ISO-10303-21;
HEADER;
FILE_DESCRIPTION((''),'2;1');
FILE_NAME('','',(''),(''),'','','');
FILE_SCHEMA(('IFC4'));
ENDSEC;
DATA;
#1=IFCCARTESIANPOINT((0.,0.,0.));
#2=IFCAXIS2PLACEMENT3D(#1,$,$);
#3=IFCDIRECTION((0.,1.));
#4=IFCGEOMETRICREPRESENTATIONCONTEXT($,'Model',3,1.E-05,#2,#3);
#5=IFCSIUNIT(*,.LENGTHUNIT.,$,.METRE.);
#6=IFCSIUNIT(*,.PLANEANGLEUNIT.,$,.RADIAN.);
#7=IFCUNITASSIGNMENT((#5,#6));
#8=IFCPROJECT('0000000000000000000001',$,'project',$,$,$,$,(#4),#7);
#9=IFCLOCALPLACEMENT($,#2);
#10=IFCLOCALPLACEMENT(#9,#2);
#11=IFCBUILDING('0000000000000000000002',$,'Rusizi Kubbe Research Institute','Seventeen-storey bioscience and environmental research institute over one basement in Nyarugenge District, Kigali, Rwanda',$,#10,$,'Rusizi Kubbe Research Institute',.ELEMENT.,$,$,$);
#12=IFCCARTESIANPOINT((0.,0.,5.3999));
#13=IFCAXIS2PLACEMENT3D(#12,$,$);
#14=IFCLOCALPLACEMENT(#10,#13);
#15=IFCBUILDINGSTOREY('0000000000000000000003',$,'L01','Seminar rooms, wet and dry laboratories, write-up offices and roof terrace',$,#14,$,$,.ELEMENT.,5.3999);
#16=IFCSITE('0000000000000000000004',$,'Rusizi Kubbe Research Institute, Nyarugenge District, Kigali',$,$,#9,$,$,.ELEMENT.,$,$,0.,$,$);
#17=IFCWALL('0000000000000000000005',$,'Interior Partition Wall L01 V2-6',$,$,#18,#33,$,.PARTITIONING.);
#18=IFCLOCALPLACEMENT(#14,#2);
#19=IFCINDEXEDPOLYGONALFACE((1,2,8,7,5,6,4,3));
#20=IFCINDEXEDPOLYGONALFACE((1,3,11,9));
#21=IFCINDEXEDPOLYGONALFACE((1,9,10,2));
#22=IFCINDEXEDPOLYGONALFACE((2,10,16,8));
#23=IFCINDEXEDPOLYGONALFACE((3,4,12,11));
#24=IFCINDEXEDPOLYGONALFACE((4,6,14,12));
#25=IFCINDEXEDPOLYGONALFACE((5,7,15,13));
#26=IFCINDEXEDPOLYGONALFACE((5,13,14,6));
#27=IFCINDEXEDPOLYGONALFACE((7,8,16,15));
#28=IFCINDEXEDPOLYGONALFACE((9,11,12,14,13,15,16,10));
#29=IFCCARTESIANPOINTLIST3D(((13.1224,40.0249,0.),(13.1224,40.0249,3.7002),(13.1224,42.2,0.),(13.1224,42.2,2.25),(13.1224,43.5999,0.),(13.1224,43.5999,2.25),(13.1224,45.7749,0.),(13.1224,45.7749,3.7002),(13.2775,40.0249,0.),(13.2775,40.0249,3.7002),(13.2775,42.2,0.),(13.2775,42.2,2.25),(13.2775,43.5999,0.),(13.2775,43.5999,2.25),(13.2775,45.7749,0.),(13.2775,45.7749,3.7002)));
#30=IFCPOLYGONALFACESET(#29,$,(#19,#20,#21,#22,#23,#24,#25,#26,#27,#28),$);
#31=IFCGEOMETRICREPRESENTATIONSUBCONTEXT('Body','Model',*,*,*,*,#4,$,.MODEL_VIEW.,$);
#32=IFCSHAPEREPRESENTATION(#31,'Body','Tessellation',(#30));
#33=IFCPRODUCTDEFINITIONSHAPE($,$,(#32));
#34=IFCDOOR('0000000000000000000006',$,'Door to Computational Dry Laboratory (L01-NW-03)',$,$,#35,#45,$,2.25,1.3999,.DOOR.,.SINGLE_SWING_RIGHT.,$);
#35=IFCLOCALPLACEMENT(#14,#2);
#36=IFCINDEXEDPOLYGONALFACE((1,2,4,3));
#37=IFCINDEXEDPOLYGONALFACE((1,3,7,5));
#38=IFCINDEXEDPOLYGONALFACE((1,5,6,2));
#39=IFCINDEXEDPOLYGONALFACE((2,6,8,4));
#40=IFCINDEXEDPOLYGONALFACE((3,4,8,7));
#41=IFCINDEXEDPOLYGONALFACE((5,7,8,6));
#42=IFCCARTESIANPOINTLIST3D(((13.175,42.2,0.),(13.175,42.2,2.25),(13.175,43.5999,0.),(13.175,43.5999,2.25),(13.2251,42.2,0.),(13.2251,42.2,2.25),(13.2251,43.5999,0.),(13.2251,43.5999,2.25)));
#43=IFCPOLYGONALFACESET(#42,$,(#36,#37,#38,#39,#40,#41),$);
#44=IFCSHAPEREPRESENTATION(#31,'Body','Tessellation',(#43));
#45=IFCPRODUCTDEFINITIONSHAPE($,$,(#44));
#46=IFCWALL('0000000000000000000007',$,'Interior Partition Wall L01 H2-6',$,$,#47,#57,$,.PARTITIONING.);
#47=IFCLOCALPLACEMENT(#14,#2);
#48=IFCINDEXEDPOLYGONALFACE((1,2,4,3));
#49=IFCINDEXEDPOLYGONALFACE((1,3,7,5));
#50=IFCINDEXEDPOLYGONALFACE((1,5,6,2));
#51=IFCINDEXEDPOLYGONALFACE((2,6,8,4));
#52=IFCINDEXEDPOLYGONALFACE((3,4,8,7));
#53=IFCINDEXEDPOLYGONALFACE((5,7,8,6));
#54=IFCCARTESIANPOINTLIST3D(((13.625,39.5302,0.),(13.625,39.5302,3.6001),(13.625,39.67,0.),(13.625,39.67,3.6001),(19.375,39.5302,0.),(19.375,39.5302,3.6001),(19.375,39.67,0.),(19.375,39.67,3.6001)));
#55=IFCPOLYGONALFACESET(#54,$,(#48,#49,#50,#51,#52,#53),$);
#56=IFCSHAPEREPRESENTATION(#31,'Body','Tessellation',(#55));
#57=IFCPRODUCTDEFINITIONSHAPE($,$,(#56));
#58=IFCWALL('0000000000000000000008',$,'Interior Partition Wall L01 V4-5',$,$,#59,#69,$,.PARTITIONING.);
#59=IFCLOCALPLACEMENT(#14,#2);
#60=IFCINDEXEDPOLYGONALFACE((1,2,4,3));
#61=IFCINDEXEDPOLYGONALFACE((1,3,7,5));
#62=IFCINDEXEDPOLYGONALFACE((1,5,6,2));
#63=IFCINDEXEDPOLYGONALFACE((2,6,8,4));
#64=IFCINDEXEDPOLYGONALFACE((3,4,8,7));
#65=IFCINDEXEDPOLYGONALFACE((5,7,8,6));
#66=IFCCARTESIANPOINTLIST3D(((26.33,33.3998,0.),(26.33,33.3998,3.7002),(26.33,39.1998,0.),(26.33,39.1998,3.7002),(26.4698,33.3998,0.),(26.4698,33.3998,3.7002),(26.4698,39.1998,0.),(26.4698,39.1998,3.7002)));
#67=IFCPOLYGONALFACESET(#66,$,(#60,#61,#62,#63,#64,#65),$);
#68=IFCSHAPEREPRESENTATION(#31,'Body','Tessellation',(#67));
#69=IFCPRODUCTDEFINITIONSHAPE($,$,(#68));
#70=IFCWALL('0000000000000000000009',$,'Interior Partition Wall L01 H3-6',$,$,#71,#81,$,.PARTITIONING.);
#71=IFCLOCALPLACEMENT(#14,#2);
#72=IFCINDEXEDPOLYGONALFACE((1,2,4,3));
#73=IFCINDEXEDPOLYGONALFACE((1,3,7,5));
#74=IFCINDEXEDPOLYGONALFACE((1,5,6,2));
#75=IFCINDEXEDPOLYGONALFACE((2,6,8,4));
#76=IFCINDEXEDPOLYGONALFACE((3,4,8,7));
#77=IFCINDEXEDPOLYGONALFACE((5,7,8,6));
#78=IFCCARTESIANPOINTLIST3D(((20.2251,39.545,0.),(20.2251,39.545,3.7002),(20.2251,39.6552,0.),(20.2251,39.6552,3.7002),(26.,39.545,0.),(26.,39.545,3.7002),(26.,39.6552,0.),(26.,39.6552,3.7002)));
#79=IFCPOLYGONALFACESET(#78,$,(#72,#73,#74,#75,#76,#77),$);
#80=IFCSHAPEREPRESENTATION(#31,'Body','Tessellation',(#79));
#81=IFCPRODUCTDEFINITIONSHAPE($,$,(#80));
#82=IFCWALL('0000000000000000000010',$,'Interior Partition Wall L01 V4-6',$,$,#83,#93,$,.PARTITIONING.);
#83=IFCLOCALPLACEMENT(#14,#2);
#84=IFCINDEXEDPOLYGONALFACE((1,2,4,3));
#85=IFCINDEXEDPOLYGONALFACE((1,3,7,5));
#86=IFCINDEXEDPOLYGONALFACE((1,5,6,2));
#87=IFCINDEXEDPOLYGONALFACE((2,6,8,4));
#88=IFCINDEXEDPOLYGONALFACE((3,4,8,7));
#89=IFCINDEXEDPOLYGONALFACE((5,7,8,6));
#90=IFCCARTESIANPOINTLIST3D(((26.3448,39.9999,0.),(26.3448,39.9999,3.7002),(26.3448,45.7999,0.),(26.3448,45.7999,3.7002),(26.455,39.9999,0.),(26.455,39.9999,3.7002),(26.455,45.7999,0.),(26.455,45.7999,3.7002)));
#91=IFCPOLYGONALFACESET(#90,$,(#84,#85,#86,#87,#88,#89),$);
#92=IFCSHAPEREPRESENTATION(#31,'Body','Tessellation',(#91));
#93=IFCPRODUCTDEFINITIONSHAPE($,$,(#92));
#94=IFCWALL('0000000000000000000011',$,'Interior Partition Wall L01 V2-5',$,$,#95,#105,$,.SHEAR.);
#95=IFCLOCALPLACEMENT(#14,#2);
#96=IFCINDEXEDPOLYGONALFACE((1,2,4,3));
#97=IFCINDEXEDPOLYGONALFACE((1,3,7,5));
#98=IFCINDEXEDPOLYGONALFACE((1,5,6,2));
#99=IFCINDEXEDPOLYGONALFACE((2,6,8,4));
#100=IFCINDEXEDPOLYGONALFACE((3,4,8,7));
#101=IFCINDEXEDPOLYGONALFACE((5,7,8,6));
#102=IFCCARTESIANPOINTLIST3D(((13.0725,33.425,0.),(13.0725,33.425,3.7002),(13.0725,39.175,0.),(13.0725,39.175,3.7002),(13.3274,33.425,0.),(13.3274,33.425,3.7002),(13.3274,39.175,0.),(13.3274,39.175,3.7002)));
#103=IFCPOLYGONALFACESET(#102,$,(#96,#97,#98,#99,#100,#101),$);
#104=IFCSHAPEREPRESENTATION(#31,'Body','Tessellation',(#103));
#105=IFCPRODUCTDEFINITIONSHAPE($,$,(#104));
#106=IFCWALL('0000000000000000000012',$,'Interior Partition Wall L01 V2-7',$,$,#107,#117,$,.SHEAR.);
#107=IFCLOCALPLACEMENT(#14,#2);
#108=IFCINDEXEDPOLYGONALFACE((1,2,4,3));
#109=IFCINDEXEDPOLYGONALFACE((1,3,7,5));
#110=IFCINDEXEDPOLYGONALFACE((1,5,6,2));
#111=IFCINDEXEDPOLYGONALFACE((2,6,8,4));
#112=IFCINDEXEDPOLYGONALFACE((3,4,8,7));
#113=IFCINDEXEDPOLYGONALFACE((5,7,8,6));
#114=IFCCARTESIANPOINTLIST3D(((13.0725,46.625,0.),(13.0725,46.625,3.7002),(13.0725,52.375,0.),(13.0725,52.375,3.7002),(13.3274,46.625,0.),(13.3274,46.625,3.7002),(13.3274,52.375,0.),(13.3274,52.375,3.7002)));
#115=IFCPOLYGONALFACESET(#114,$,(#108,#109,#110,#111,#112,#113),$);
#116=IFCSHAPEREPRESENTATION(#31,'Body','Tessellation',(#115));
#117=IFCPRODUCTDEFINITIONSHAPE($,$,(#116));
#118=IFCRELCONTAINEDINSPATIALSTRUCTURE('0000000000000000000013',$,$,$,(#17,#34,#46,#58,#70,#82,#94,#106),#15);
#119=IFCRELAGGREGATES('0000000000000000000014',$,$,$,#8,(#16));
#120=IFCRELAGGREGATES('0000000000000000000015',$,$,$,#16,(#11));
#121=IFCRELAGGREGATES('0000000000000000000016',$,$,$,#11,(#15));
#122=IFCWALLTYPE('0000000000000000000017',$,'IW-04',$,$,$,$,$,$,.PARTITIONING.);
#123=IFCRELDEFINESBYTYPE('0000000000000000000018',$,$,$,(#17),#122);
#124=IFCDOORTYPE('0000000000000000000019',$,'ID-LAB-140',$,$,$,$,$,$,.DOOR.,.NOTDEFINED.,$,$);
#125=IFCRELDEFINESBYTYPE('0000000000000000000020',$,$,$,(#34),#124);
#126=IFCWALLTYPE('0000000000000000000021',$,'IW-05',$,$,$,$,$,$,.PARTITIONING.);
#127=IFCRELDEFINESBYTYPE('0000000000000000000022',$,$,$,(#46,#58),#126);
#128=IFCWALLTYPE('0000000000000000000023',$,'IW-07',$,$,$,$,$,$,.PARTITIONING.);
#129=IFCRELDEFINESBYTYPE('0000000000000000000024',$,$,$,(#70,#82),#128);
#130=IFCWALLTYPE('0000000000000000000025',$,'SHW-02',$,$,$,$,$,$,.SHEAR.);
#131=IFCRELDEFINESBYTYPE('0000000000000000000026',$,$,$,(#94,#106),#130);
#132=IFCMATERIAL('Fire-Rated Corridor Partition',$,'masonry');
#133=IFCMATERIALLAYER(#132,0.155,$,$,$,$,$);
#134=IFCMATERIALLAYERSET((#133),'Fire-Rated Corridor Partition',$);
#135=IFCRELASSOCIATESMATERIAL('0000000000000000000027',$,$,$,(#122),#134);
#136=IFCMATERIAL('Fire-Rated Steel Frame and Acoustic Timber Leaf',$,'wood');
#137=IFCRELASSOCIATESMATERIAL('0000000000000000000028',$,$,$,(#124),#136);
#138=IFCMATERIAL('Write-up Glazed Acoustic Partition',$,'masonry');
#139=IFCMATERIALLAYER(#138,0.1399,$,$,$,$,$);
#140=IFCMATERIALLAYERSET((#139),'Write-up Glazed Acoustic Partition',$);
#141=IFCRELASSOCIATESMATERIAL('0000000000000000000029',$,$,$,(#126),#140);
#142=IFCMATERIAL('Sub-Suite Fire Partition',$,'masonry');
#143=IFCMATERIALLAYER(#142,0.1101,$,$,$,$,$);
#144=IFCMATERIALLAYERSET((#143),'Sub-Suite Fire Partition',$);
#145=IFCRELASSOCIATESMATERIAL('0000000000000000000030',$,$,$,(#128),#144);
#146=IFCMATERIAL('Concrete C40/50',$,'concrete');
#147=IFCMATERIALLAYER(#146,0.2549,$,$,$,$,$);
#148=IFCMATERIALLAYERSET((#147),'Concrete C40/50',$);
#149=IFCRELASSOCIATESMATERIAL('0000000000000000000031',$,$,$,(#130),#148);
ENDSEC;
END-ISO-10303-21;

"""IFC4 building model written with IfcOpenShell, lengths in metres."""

from ifc_helpers import new_model, si_unit, direction, frame, frame_2d, origin, place, context, subcontext, project, spatial, rectangle, extrude, material, layer, layer_set, type_object, element, fill, save


model = new_model("IFC4")

# Units and contexts
model_context = context("Model", 3, precision=1e-05, world=origin(), true_north=direction((0.0, 1.0)))
body_context = subcontext(model_context, "Body", "Model", "MODEL_VIEW")
ifc_project = project(units=[si_unit("LENGTHUNIT", "METRE"), si_unit("PLANEANGLEUNIT", "RADIAN")], contexts=[model_context])

# Site, building, storey
site_placement = place(None, origin())
site = spatial("IfcSite", under=ifc_project, at=site_placement, Name="Rusizi Kubbe Research Institute, Nyarugenge District, Kigali", CompositionType="ELEMENT", RefElevation=0.0)
building_placement = place(site_placement, origin())
building = spatial("IfcBuilding", under=site, at=building_placement, Name="Rusizi Kubbe Research Institute", Description="Seventeen-storey bioscience and environmental research institute over one basement in Nyarugenge District, Kigali, Rwanda", LongName="Rusizi Kubbe Research Institute", CompositionType="ELEMENT")
storey_placement = place(building_placement, frame((0.0, 0.0, 5.3999)))
storey = spatial("IfcBuildingStorey", under=building, at=storey_placement, Name="L01", Description="Seminar rooms, wet and dry laboratories, write-up offices and roof terrace", CompositionType="ELEMENT", Elevation=5.3999)

# Wall, opening, door
ifc_material_1 = material(Name="Fire-Rated Corridor Partition", Category="masonry")
ifc_layer_1 = layer(ifc_material_1, 0.155)
ifc_layer_set_1 = layer_set([ifc_layer_1], Name="Fire-Rated Corridor Partition")
wall_type_1 = type_object("IfcWallType", Name="IW-04", PredefinedType="PARTITIONING", material=ifc_layer_set_1)
wall_1_placement = place(storey_placement, frame((13.2, 40.0249, 0.0), z_axis=(0.0, 0.0, 1.0), x_axis=(0.0, 1.0, 0.0)))
wall_1 = element("IfcWall", 1, at=wall_1_placement, inside=storey, type_object=wall_type_1, Name="Interior Partition Wall L01 V2-6", PredefinedType="PARTITIONING", context=body_context, shape_type="SweptSolid", body=[
    extrude(rectangle(XDim=5.75, YDim=0.155, at=frame_2d((2.875, 0.0))), origin(), (0.0, 0.0, 1.0), 3.7002),
])
opening_placement = place(wall_1_placement, frame((2.175, 0.0, 0.0)))
opening = element("IfcOpeningElement", 2, at=opening_placement, cuts=wall_1, PredefinedType="OPENING", context=body_context, shape_type="SweptSolid", body=[
    extrude(rectangle(XDim=1.3999, YDim=2.25, at=frame_2d((0.7, 1.125))), frame((0.0, 0.0874, 0.0), z_axis=(0.0, -1.0, 0.0), x_axis=(1.0, 0.0, 0.0)), (0.0, 0.0, 1.0), 0.175),
])
ifc_material_2 = material(Name="Fire-Rated Steel Frame and Acoustic Timber Leaf", Category="wood")
door_type = type_object("IfcDoorType", Name="ID-LAB-140", OperationType="NOTDEFINED", PredefinedType="DOOR", material=ifc_material_2)
door_placement = place(opening_placement, origin())
door = element("IfcDoor", 3, at=door_placement, inside=storey, type_object=door_type, Name="Door to Computational Dry Laboratory (L01-NW-03)", OperationType="SINGLE_SWING_RIGHT", OverallHeight=2.25, OverallWidth=1.3999, PredefinedType="DOOR", context=body_context, shape_type="SweptSolid", body=[
    extrude(rectangle(XDim=1.3999, YDim=2.25, at=frame_2d((0.7, 1.125))), frame((0.0, 0.0249, 0.0), z_axis=(0.0, -1.0, 0.0), x_axis=(1.0, 0.0, 0.0)), (0.0, 0.0, 1.0), 0.05),
])
fill(opening, door)

# Walls
ifc_material_3 = material(Name="Write-up Glazed Acoustic Partition", Category="masonry")
ifc_layer_2 = layer(ifc_material_3, 0.1399)
ifc_layer_set_2 = layer_set([ifc_layer_2], Name="Write-up Glazed Acoustic Partition")
wall_type_2 = type_object("IfcWallType", Name="IW-05", PredefinedType="PARTITIONING", material=ifc_layer_set_2)
wall_2_placement = place(storey_placement, frame((13.625, 39.6001, 0.0), z_axis=(0.0, 0.0, 1.0), x_axis=(1.0, 0.0, 0.0)))
element("IfcWall", 4, at=wall_2_placement, inside=storey, type_object=wall_type_2, Name="Interior Partition Wall L01 H2-6", PredefinedType="PARTITIONING", context=body_context, shape_type="SweptSolid", body=[
    extrude(rectangle(XDim=5.75, YDim=0.1399, at=frame_2d((2.875, 0.0))), origin(), (0.0, 0.0, 1.0), 3.6001),
])
wall_3_placement = place(storey_placement, frame((26.3999, 33.3999, 0.0), z_axis=(0.0, 0.0, 1.0), x_axis=(0.0, 1.0, 0.0)))
element("IfcWall", 5, at=wall_3_placement, inside=storey, type_object=wall_type_2, Name="Interior Partition Wall L01 V4-5", PredefinedType="PARTITIONING", context=body_context, shape_type="SweptSolid", body=[
    extrude(rectangle(XDim=5.8, YDim=0.1399, at=frame_2d((2.8999, 0.0))), origin(), (0.0, 0.0, 1.0), 3.7002),
])
ifc_material_4 = material(Name="Sub-Suite Fire Partition", Category="masonry")
ifc_layer_3 = layer(ifc_material_4, 0.1101)
ifc_layer_set_3 = layer_set([ifc_layer_3], Name="Sub-Suite Fire Partition")
wall_type_3 = type_object("IfcWallType", Name="IW-07", PredefinedType="PARTITIONING", material=ifc_layer_set_3)
wall_4_placement = place(storey_placement, frame((20.2251, 39.6001, 0.0), z_axis=(0.0, 0.0, 1.0), x_axis=(1.0, 0.0, 0.0)))
element("IfcWall", 6, at=wall_4_placement, inside=storey, type_object=wall_type_3, Name="Interior Partition Wall L01 H3-6", PredefinedType="PARTITIONING", context=body_context, shape_type="SweptSolid", body=[
    extrude(rectangle(XDim=5.7749, YDim=0.1101, at=frame_2d((2.8875, 0.0))), origin(), (0.0, 0.0, 1.0), 3.7002),
])
wall_5_placement = place(storey_placement, frame((26.3999, 40.0, 0.0), z_axis=(0.0, 0.0, 1.0), x_axis=(0.0, 1.0, 0.0)))
element("IfcWall", 7, at=wall_5_placement, inside=storey, type_object=wall_type_3, Name="Interior Partition Wall L01 V4-6", PredefinedType="PARTITIONING", context=body_context, shape_type="SweptSolid", body=[
    extrude(rectangle(XDim=5.8, YDim=0.1101, at=frame_2d((2.8999, 0.0))), origin(), (0.0, 0.0, 1.0), 3.7002),
])
ifc_material_5 = material(Name="Concrete C40/50", Category="concrete")
ifc_layer_4 = layer(ifc_material_5, 0.2549)
ifc_layer_set_4 = layer_set([ifc_layer_4], Name="Concrete C40/50")
wall_type_4 = type_object("IfcWallType", Name="SHW-02", PredefinedType="SHEAR", material=ifc_layer_set_4)
for number, where, z_axis, x_axis, name in (
    (8, (13.2, 33.425, 0.0), (0.0, 0.0, 1.0), (0.0, 1.0, 0.0), "Interior Partition Wall L01 V2-5"),
    (9, (13.2, 46.625, 0.0), (0.0, 0.0, 1.0), (0.0, 1.0, 0.0), "Interior Partition Wall L01 V2-7"),
):
    element("IfcWall", number, at=place(storey_placement, frame(where, z_axis=z_axis, x_axis=x_axis)), inside=storey, type_object=wall_type_4, Name=name, PredefinedType="SHEAR", context=body_context, shape_type="SweptSolid", body=[
        extrude(rectangle(XDim=5.75, YDim=0.2549, at=frame_2d((2.875, 0.0))), origin(), (0.0, 0.0, 1.0), 3.7002),
    ])

save(model, "model.ifc")
